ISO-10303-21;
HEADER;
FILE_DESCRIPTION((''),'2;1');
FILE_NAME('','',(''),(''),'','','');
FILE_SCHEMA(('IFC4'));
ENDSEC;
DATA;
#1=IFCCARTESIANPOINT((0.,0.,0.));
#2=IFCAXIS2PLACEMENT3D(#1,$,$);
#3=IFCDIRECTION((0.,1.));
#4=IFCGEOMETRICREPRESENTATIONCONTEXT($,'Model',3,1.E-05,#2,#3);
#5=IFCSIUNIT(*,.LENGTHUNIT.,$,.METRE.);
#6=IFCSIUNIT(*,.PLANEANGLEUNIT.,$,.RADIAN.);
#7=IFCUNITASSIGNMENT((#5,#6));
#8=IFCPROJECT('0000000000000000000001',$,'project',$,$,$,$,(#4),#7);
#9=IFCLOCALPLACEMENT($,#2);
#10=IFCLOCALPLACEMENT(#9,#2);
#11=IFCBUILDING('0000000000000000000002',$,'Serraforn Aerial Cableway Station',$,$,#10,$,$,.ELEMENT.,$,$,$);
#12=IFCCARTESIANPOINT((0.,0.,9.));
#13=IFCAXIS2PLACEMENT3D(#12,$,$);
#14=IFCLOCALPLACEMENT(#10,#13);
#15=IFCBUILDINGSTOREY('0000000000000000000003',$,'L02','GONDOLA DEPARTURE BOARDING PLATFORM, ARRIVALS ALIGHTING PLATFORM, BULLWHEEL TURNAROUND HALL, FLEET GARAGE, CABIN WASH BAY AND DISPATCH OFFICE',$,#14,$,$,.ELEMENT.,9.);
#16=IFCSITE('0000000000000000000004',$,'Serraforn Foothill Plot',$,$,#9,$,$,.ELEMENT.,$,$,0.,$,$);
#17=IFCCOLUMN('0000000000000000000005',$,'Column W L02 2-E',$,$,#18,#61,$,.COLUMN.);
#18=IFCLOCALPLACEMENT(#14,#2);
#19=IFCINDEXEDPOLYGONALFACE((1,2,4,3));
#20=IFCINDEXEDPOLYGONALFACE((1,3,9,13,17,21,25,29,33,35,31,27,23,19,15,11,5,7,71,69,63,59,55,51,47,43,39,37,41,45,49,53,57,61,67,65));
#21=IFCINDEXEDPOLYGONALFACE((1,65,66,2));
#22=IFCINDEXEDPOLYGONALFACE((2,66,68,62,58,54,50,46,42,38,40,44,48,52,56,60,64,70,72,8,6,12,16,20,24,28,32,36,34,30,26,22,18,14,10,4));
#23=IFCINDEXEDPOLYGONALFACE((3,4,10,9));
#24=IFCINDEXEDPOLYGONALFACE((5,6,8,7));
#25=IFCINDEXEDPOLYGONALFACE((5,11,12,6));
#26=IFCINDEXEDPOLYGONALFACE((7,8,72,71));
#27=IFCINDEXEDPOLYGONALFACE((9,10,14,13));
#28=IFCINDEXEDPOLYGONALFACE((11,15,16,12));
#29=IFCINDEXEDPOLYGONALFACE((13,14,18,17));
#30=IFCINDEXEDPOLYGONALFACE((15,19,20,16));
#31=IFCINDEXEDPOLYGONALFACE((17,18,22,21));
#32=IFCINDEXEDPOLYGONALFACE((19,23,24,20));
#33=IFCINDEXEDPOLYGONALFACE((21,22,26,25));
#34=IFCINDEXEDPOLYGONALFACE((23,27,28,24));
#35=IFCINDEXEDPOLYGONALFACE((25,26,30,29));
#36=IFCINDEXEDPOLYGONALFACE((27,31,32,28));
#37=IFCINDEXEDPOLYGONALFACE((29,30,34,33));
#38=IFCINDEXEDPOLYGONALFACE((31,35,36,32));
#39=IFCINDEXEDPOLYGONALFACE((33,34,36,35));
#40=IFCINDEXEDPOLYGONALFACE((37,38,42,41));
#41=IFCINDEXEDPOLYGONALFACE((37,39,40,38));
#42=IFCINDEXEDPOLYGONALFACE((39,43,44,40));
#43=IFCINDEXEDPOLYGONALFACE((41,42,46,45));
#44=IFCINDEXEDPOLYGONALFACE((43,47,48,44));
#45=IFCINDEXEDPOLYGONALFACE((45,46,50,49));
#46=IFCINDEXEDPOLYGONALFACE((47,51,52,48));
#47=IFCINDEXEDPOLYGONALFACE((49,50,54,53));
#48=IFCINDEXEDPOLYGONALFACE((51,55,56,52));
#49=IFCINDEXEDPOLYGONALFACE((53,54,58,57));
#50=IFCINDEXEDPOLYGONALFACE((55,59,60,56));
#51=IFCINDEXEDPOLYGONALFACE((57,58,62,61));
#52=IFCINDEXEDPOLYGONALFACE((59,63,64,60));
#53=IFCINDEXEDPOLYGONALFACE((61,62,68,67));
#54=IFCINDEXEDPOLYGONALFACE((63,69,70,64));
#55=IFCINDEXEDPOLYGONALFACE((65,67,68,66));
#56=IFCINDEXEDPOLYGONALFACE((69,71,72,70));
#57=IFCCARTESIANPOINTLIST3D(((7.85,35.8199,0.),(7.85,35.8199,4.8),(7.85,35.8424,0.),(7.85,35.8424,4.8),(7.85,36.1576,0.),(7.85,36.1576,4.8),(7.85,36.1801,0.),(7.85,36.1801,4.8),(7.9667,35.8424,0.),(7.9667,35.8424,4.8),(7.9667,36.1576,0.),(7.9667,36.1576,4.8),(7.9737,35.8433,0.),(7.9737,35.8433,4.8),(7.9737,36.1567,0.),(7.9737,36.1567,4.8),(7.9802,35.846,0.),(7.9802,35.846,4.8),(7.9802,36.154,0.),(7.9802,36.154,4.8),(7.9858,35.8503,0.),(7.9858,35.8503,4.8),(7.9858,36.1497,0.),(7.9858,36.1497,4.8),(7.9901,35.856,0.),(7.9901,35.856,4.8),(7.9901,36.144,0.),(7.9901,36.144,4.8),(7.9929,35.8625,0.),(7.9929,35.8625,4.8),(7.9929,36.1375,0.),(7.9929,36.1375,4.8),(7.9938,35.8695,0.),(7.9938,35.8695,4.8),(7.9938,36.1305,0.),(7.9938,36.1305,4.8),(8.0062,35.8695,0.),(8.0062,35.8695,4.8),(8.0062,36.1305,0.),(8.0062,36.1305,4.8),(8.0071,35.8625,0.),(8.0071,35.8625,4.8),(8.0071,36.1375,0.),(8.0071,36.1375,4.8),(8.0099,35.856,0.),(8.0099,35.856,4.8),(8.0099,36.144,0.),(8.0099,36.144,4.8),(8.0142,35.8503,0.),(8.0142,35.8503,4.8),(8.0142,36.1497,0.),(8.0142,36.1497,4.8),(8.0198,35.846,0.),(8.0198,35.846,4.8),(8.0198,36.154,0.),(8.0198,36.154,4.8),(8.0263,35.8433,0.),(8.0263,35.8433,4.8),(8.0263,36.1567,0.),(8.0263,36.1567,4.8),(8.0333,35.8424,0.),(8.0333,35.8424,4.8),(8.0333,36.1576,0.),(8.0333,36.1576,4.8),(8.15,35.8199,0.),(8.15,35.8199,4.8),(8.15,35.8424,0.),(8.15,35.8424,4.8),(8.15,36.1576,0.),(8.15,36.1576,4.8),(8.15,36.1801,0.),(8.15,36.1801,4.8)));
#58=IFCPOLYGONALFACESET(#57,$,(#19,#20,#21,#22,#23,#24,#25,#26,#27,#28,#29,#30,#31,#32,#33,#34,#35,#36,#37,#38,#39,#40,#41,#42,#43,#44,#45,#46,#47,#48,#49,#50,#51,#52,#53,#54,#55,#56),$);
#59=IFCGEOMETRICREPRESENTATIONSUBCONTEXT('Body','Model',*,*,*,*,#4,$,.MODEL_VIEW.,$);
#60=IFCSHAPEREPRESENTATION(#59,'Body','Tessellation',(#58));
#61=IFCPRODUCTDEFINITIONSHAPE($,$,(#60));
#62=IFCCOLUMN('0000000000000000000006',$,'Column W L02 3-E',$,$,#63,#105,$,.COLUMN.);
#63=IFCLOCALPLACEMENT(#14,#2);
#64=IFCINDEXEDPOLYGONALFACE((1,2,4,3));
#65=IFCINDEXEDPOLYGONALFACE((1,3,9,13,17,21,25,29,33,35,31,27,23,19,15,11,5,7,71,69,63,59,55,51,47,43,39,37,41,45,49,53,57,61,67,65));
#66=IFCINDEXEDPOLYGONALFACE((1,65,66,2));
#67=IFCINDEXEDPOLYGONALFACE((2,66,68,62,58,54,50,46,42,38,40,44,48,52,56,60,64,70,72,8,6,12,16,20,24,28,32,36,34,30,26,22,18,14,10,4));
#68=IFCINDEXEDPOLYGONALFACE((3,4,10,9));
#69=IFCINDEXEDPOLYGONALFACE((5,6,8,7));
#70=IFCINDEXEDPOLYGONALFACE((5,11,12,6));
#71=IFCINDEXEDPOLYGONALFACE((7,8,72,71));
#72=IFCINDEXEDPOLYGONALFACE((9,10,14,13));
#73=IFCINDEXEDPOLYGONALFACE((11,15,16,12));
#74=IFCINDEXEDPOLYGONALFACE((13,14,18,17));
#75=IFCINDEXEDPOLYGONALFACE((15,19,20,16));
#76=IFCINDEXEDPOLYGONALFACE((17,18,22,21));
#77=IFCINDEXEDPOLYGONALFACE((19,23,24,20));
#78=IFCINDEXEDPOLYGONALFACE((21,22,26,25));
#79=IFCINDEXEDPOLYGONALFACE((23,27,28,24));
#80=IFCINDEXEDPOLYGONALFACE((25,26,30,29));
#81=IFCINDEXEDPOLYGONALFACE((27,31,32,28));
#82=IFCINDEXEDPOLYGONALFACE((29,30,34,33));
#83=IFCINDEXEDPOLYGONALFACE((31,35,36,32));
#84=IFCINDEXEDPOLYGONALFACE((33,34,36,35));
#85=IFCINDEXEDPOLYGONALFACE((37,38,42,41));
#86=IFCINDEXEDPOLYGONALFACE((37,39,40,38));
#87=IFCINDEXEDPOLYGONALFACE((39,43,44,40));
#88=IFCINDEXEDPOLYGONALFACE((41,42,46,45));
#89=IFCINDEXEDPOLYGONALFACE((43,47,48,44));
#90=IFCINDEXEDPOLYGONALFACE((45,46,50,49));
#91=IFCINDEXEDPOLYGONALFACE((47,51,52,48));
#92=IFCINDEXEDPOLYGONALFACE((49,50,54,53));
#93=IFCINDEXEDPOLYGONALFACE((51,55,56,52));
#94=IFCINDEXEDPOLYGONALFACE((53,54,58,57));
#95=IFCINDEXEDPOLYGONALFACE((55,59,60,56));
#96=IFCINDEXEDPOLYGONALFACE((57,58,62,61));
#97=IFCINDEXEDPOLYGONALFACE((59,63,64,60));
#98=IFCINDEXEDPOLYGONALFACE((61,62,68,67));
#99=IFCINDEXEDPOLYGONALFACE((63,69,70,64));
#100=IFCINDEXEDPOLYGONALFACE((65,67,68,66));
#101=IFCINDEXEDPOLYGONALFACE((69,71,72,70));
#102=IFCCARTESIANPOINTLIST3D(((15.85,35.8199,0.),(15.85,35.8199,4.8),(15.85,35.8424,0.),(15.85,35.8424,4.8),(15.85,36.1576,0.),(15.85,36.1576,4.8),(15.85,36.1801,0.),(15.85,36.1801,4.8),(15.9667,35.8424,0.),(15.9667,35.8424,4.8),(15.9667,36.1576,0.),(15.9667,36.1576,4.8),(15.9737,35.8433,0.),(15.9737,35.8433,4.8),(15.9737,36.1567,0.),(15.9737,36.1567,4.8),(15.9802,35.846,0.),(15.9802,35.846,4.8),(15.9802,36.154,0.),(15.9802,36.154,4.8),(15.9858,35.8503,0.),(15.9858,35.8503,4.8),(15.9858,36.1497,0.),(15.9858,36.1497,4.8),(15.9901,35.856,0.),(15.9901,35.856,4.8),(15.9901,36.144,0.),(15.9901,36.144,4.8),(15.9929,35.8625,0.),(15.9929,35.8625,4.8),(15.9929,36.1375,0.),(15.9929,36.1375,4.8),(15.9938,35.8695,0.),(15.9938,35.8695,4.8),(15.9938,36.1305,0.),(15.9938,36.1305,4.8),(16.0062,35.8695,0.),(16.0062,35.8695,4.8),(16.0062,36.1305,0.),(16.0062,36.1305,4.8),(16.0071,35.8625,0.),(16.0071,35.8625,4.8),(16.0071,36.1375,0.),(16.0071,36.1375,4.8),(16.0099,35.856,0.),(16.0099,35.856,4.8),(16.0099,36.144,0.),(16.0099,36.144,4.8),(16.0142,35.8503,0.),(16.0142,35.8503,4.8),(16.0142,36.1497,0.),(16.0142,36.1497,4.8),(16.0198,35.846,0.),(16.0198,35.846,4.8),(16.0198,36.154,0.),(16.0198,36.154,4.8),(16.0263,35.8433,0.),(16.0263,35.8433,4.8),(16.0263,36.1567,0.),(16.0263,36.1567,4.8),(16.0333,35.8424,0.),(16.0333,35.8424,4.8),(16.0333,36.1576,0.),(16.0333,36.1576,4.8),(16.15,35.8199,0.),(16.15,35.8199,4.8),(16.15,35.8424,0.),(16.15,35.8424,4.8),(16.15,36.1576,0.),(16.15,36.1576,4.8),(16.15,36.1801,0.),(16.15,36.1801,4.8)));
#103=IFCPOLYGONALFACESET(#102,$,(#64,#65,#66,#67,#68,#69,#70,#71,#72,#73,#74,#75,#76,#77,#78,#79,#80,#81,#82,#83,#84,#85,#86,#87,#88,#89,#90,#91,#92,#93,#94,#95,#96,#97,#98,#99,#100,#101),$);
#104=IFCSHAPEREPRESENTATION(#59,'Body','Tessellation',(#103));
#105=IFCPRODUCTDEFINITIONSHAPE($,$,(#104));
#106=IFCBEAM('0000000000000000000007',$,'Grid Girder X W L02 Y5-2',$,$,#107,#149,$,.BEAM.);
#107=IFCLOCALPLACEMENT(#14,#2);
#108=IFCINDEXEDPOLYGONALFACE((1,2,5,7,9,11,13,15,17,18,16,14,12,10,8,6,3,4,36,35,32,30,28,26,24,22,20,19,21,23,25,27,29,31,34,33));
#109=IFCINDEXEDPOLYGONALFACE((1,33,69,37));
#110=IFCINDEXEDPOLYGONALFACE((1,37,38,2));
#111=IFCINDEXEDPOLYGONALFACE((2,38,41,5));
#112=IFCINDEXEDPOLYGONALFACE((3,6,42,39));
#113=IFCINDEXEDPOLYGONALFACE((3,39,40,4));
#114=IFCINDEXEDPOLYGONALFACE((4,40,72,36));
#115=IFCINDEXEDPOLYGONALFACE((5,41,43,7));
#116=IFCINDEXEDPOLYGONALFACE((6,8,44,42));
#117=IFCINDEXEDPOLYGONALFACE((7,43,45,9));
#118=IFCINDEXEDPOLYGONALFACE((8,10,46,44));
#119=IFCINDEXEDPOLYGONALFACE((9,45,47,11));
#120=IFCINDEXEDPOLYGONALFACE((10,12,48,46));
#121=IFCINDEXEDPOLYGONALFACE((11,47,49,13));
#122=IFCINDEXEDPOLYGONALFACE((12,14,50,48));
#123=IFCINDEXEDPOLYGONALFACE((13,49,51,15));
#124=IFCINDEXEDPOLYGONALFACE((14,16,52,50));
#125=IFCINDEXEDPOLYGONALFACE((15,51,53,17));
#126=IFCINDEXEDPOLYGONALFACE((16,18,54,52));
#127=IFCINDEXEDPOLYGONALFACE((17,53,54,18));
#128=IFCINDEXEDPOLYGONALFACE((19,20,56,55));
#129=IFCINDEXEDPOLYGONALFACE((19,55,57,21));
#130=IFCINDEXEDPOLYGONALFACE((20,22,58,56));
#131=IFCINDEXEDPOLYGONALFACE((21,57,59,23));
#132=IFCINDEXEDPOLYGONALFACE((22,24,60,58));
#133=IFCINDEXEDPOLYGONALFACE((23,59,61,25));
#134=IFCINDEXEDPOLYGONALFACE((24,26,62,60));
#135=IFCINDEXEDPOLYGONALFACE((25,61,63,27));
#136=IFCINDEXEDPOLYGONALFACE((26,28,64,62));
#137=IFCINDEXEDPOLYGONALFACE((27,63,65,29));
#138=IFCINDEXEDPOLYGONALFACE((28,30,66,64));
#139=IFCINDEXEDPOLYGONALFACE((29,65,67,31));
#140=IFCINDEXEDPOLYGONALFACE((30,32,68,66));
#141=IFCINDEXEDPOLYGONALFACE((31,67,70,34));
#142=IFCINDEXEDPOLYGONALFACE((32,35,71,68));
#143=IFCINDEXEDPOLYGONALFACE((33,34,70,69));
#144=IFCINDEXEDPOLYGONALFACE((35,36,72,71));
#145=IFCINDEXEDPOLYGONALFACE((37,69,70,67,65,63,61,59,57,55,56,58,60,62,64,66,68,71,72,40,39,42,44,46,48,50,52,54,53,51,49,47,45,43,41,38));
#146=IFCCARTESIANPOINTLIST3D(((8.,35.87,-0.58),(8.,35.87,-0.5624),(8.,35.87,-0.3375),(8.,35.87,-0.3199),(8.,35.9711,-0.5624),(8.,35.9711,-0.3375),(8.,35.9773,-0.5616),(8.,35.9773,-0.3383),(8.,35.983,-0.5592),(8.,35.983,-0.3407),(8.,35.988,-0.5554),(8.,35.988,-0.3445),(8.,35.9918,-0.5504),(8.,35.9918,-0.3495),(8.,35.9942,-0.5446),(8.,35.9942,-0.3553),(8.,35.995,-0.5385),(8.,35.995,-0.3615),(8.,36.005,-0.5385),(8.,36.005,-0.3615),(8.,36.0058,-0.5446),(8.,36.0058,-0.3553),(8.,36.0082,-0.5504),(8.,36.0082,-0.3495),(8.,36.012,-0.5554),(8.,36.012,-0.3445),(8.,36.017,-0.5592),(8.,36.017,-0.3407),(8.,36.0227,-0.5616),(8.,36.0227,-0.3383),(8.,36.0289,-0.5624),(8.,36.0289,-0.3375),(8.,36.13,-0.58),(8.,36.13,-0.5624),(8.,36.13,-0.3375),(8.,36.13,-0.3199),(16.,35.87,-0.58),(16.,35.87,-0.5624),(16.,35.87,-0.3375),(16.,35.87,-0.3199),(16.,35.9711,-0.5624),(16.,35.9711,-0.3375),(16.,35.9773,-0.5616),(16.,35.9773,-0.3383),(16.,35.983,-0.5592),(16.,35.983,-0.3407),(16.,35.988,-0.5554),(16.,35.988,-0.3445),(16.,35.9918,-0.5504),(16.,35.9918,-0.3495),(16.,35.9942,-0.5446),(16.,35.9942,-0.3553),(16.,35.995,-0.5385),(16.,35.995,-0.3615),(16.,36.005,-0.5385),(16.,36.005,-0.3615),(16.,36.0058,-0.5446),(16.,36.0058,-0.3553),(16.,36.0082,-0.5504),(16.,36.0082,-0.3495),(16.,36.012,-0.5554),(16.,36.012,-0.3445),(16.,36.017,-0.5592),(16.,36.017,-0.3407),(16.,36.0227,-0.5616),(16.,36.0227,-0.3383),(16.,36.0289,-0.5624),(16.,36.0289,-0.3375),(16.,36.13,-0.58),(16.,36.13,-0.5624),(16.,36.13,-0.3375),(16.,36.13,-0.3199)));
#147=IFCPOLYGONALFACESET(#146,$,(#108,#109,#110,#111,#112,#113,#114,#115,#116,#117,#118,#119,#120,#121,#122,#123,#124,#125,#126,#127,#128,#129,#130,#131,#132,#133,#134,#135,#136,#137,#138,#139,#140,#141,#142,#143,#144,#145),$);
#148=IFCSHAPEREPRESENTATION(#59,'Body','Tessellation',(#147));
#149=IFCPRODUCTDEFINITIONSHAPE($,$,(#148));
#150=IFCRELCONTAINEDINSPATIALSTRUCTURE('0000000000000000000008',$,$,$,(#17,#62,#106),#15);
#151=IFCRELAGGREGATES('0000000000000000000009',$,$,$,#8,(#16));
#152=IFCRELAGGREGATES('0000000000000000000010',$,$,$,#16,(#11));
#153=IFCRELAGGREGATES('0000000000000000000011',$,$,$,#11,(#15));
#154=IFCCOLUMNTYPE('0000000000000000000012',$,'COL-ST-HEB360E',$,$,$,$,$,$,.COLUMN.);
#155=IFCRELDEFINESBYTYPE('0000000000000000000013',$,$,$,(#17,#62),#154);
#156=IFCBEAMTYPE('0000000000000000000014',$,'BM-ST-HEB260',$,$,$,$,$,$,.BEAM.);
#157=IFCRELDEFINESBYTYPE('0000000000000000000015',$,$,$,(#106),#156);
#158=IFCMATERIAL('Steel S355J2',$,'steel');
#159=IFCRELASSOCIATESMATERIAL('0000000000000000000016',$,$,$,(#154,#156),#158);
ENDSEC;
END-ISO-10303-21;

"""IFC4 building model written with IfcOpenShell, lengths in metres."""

from ifc_helpers import new_model, si_unit, direction, frame, origin, origin_2d, place, context, subcontext, project, spatial, i_section, extrude, material, material_profile, profile_set, type_object, element, save


model = new_model("IFC4")

# Units and contexts
model_context = context("Model", 3, precision=1e-05, world=origin(), true_north=direction((0.0, 1.0)))
body_context = subcontext(model_context, "Body", "Model", "MODEL_VIEW")
ifc_project = project(units=[si_unit("LENGTHUNIT", "METRE"), si_unit("PLANEANGLEUNIT", "RADIAN")], contexts=[model_context])

# Site, building, storey
site_placement = place(None, origin())
site = spatial("IfcSite", under=ifc_project, at=site_placement, Name="Serraforn Foothill Plot", CompositionType="ELEMENT", RefElevation=0.0)
building_placement = place(site_placement, origin())
building = spatial("IfcBuilding", under=site, at=building_placement, Name="Serraforn Aerial Cableway Station", CompositionType="ELEMENT")
storey_placement = place(building_placement, frame((0.0, 0.0, 9.0)))
storey = spatial("IfcBuildingStorey", under=building, at=storey_placement, Name="L02", Description="GONDOLA DEPARTURE BOARDING PLATFORM, ARRIVALS ALIGHTING PLATFORM, BULLWHEEL TURNAROUND HALL, FLEET GARAGE, CABIN WASH BAY AND DISPATCH OFFICE", CompositionType="ELEMENT", Elevation=9.0)

# Columns
ifc_material_1 = material(Name="Steel S355J2", Category="steel")
ifc_material_profile_1 = material_profile(ifc_material_1, i_section(OverallWidth=0.3, OverallDepth=0.3601, WebThickness=0.0125, FlangeThickness=0.0225, FilletRadius=0.0271, at=origin_2d()), Name="HEB 360")
ifc_profile_set_1 = profile_set([ifc_material_profile_1], Name="Steel S355J2")
column_type = type_object("IfcColumnType", Name="COL-ST-HEB360E", PredefinedType="COLUMN", material=ifc_profile_set_1)
for number, where, z_axis, x_axis, name in (
    (1, (8.0, 36.0, 0.0), (0.0, 0.0, 1.0), (1.0, 0.0, 0.0), "Column W L02 2-E"),
    (2, (16.0, 36.0, 0.0), (0.0, 0.0, 1.0), (1.0, 0.0, 0.0), "Column W L02 3-E"),
):
    element("IfcColumn", number, at=place(storey_placement, frame(where, z_axis=z_axis, x_axis=x_axis)), inside=storey, type_object=column_type, Name=name, PredefinedType="COLUMN", context=body_context, shape_type="SweptSolid", body=[
        extrude(i_section(OverallWidth=0.3, OverallDepth=0.3601, WebThickness=0.0125, FlangeThickness=0.0225, FilletRadius=0.0271, at=origin_2d()), origin(), (0.0, 0.0, 1.0), 4.8),
    ])

# Beam
ifc_material_profile_2 = material_profile(ifc_material_1, i_section(OverallWidth=0.26, OverallDepth=0.26, WebThickness=0.01, FlangeThickness=0.0176, FilletRadius=0.0239, at=origin_2d()), Name="HEB 260")
ifc_profile_set_2 = profile_set([ifc_material_profile_2], Name="Steel S355J2")
beam_type_1 = type_object("IfcBeamType", Name="BM-ST-HEB260", PredefinedType="BEAM", material=ifc_profile_set_2)
beam_1_placement = place(storey_placement, frame((8.0, 36.0, -0.45), z_axis=(1.0, 0.0, 0.0), x_axis=(0.0, 1.0, 0.0)))
element("IfcBeam", 3, at=beam_1_placement, inside=storey, type_object=beam_type_1, Name="Grid Girder X W L02 Y5-2", PredefinedType="BEAM", context=body_context, shape_type="SweptSolid", body=[
    extrude(i_section(OverallWidth=0.26, OverallDepth=0.26, WebThickness=0.01, FlangeThickness=0.0176, FilletRadius=0.0239, at=origin_2d()), origin(), (0.0, 0.0, 1.0), 8.0),
])

save(model, "model.ifc")
